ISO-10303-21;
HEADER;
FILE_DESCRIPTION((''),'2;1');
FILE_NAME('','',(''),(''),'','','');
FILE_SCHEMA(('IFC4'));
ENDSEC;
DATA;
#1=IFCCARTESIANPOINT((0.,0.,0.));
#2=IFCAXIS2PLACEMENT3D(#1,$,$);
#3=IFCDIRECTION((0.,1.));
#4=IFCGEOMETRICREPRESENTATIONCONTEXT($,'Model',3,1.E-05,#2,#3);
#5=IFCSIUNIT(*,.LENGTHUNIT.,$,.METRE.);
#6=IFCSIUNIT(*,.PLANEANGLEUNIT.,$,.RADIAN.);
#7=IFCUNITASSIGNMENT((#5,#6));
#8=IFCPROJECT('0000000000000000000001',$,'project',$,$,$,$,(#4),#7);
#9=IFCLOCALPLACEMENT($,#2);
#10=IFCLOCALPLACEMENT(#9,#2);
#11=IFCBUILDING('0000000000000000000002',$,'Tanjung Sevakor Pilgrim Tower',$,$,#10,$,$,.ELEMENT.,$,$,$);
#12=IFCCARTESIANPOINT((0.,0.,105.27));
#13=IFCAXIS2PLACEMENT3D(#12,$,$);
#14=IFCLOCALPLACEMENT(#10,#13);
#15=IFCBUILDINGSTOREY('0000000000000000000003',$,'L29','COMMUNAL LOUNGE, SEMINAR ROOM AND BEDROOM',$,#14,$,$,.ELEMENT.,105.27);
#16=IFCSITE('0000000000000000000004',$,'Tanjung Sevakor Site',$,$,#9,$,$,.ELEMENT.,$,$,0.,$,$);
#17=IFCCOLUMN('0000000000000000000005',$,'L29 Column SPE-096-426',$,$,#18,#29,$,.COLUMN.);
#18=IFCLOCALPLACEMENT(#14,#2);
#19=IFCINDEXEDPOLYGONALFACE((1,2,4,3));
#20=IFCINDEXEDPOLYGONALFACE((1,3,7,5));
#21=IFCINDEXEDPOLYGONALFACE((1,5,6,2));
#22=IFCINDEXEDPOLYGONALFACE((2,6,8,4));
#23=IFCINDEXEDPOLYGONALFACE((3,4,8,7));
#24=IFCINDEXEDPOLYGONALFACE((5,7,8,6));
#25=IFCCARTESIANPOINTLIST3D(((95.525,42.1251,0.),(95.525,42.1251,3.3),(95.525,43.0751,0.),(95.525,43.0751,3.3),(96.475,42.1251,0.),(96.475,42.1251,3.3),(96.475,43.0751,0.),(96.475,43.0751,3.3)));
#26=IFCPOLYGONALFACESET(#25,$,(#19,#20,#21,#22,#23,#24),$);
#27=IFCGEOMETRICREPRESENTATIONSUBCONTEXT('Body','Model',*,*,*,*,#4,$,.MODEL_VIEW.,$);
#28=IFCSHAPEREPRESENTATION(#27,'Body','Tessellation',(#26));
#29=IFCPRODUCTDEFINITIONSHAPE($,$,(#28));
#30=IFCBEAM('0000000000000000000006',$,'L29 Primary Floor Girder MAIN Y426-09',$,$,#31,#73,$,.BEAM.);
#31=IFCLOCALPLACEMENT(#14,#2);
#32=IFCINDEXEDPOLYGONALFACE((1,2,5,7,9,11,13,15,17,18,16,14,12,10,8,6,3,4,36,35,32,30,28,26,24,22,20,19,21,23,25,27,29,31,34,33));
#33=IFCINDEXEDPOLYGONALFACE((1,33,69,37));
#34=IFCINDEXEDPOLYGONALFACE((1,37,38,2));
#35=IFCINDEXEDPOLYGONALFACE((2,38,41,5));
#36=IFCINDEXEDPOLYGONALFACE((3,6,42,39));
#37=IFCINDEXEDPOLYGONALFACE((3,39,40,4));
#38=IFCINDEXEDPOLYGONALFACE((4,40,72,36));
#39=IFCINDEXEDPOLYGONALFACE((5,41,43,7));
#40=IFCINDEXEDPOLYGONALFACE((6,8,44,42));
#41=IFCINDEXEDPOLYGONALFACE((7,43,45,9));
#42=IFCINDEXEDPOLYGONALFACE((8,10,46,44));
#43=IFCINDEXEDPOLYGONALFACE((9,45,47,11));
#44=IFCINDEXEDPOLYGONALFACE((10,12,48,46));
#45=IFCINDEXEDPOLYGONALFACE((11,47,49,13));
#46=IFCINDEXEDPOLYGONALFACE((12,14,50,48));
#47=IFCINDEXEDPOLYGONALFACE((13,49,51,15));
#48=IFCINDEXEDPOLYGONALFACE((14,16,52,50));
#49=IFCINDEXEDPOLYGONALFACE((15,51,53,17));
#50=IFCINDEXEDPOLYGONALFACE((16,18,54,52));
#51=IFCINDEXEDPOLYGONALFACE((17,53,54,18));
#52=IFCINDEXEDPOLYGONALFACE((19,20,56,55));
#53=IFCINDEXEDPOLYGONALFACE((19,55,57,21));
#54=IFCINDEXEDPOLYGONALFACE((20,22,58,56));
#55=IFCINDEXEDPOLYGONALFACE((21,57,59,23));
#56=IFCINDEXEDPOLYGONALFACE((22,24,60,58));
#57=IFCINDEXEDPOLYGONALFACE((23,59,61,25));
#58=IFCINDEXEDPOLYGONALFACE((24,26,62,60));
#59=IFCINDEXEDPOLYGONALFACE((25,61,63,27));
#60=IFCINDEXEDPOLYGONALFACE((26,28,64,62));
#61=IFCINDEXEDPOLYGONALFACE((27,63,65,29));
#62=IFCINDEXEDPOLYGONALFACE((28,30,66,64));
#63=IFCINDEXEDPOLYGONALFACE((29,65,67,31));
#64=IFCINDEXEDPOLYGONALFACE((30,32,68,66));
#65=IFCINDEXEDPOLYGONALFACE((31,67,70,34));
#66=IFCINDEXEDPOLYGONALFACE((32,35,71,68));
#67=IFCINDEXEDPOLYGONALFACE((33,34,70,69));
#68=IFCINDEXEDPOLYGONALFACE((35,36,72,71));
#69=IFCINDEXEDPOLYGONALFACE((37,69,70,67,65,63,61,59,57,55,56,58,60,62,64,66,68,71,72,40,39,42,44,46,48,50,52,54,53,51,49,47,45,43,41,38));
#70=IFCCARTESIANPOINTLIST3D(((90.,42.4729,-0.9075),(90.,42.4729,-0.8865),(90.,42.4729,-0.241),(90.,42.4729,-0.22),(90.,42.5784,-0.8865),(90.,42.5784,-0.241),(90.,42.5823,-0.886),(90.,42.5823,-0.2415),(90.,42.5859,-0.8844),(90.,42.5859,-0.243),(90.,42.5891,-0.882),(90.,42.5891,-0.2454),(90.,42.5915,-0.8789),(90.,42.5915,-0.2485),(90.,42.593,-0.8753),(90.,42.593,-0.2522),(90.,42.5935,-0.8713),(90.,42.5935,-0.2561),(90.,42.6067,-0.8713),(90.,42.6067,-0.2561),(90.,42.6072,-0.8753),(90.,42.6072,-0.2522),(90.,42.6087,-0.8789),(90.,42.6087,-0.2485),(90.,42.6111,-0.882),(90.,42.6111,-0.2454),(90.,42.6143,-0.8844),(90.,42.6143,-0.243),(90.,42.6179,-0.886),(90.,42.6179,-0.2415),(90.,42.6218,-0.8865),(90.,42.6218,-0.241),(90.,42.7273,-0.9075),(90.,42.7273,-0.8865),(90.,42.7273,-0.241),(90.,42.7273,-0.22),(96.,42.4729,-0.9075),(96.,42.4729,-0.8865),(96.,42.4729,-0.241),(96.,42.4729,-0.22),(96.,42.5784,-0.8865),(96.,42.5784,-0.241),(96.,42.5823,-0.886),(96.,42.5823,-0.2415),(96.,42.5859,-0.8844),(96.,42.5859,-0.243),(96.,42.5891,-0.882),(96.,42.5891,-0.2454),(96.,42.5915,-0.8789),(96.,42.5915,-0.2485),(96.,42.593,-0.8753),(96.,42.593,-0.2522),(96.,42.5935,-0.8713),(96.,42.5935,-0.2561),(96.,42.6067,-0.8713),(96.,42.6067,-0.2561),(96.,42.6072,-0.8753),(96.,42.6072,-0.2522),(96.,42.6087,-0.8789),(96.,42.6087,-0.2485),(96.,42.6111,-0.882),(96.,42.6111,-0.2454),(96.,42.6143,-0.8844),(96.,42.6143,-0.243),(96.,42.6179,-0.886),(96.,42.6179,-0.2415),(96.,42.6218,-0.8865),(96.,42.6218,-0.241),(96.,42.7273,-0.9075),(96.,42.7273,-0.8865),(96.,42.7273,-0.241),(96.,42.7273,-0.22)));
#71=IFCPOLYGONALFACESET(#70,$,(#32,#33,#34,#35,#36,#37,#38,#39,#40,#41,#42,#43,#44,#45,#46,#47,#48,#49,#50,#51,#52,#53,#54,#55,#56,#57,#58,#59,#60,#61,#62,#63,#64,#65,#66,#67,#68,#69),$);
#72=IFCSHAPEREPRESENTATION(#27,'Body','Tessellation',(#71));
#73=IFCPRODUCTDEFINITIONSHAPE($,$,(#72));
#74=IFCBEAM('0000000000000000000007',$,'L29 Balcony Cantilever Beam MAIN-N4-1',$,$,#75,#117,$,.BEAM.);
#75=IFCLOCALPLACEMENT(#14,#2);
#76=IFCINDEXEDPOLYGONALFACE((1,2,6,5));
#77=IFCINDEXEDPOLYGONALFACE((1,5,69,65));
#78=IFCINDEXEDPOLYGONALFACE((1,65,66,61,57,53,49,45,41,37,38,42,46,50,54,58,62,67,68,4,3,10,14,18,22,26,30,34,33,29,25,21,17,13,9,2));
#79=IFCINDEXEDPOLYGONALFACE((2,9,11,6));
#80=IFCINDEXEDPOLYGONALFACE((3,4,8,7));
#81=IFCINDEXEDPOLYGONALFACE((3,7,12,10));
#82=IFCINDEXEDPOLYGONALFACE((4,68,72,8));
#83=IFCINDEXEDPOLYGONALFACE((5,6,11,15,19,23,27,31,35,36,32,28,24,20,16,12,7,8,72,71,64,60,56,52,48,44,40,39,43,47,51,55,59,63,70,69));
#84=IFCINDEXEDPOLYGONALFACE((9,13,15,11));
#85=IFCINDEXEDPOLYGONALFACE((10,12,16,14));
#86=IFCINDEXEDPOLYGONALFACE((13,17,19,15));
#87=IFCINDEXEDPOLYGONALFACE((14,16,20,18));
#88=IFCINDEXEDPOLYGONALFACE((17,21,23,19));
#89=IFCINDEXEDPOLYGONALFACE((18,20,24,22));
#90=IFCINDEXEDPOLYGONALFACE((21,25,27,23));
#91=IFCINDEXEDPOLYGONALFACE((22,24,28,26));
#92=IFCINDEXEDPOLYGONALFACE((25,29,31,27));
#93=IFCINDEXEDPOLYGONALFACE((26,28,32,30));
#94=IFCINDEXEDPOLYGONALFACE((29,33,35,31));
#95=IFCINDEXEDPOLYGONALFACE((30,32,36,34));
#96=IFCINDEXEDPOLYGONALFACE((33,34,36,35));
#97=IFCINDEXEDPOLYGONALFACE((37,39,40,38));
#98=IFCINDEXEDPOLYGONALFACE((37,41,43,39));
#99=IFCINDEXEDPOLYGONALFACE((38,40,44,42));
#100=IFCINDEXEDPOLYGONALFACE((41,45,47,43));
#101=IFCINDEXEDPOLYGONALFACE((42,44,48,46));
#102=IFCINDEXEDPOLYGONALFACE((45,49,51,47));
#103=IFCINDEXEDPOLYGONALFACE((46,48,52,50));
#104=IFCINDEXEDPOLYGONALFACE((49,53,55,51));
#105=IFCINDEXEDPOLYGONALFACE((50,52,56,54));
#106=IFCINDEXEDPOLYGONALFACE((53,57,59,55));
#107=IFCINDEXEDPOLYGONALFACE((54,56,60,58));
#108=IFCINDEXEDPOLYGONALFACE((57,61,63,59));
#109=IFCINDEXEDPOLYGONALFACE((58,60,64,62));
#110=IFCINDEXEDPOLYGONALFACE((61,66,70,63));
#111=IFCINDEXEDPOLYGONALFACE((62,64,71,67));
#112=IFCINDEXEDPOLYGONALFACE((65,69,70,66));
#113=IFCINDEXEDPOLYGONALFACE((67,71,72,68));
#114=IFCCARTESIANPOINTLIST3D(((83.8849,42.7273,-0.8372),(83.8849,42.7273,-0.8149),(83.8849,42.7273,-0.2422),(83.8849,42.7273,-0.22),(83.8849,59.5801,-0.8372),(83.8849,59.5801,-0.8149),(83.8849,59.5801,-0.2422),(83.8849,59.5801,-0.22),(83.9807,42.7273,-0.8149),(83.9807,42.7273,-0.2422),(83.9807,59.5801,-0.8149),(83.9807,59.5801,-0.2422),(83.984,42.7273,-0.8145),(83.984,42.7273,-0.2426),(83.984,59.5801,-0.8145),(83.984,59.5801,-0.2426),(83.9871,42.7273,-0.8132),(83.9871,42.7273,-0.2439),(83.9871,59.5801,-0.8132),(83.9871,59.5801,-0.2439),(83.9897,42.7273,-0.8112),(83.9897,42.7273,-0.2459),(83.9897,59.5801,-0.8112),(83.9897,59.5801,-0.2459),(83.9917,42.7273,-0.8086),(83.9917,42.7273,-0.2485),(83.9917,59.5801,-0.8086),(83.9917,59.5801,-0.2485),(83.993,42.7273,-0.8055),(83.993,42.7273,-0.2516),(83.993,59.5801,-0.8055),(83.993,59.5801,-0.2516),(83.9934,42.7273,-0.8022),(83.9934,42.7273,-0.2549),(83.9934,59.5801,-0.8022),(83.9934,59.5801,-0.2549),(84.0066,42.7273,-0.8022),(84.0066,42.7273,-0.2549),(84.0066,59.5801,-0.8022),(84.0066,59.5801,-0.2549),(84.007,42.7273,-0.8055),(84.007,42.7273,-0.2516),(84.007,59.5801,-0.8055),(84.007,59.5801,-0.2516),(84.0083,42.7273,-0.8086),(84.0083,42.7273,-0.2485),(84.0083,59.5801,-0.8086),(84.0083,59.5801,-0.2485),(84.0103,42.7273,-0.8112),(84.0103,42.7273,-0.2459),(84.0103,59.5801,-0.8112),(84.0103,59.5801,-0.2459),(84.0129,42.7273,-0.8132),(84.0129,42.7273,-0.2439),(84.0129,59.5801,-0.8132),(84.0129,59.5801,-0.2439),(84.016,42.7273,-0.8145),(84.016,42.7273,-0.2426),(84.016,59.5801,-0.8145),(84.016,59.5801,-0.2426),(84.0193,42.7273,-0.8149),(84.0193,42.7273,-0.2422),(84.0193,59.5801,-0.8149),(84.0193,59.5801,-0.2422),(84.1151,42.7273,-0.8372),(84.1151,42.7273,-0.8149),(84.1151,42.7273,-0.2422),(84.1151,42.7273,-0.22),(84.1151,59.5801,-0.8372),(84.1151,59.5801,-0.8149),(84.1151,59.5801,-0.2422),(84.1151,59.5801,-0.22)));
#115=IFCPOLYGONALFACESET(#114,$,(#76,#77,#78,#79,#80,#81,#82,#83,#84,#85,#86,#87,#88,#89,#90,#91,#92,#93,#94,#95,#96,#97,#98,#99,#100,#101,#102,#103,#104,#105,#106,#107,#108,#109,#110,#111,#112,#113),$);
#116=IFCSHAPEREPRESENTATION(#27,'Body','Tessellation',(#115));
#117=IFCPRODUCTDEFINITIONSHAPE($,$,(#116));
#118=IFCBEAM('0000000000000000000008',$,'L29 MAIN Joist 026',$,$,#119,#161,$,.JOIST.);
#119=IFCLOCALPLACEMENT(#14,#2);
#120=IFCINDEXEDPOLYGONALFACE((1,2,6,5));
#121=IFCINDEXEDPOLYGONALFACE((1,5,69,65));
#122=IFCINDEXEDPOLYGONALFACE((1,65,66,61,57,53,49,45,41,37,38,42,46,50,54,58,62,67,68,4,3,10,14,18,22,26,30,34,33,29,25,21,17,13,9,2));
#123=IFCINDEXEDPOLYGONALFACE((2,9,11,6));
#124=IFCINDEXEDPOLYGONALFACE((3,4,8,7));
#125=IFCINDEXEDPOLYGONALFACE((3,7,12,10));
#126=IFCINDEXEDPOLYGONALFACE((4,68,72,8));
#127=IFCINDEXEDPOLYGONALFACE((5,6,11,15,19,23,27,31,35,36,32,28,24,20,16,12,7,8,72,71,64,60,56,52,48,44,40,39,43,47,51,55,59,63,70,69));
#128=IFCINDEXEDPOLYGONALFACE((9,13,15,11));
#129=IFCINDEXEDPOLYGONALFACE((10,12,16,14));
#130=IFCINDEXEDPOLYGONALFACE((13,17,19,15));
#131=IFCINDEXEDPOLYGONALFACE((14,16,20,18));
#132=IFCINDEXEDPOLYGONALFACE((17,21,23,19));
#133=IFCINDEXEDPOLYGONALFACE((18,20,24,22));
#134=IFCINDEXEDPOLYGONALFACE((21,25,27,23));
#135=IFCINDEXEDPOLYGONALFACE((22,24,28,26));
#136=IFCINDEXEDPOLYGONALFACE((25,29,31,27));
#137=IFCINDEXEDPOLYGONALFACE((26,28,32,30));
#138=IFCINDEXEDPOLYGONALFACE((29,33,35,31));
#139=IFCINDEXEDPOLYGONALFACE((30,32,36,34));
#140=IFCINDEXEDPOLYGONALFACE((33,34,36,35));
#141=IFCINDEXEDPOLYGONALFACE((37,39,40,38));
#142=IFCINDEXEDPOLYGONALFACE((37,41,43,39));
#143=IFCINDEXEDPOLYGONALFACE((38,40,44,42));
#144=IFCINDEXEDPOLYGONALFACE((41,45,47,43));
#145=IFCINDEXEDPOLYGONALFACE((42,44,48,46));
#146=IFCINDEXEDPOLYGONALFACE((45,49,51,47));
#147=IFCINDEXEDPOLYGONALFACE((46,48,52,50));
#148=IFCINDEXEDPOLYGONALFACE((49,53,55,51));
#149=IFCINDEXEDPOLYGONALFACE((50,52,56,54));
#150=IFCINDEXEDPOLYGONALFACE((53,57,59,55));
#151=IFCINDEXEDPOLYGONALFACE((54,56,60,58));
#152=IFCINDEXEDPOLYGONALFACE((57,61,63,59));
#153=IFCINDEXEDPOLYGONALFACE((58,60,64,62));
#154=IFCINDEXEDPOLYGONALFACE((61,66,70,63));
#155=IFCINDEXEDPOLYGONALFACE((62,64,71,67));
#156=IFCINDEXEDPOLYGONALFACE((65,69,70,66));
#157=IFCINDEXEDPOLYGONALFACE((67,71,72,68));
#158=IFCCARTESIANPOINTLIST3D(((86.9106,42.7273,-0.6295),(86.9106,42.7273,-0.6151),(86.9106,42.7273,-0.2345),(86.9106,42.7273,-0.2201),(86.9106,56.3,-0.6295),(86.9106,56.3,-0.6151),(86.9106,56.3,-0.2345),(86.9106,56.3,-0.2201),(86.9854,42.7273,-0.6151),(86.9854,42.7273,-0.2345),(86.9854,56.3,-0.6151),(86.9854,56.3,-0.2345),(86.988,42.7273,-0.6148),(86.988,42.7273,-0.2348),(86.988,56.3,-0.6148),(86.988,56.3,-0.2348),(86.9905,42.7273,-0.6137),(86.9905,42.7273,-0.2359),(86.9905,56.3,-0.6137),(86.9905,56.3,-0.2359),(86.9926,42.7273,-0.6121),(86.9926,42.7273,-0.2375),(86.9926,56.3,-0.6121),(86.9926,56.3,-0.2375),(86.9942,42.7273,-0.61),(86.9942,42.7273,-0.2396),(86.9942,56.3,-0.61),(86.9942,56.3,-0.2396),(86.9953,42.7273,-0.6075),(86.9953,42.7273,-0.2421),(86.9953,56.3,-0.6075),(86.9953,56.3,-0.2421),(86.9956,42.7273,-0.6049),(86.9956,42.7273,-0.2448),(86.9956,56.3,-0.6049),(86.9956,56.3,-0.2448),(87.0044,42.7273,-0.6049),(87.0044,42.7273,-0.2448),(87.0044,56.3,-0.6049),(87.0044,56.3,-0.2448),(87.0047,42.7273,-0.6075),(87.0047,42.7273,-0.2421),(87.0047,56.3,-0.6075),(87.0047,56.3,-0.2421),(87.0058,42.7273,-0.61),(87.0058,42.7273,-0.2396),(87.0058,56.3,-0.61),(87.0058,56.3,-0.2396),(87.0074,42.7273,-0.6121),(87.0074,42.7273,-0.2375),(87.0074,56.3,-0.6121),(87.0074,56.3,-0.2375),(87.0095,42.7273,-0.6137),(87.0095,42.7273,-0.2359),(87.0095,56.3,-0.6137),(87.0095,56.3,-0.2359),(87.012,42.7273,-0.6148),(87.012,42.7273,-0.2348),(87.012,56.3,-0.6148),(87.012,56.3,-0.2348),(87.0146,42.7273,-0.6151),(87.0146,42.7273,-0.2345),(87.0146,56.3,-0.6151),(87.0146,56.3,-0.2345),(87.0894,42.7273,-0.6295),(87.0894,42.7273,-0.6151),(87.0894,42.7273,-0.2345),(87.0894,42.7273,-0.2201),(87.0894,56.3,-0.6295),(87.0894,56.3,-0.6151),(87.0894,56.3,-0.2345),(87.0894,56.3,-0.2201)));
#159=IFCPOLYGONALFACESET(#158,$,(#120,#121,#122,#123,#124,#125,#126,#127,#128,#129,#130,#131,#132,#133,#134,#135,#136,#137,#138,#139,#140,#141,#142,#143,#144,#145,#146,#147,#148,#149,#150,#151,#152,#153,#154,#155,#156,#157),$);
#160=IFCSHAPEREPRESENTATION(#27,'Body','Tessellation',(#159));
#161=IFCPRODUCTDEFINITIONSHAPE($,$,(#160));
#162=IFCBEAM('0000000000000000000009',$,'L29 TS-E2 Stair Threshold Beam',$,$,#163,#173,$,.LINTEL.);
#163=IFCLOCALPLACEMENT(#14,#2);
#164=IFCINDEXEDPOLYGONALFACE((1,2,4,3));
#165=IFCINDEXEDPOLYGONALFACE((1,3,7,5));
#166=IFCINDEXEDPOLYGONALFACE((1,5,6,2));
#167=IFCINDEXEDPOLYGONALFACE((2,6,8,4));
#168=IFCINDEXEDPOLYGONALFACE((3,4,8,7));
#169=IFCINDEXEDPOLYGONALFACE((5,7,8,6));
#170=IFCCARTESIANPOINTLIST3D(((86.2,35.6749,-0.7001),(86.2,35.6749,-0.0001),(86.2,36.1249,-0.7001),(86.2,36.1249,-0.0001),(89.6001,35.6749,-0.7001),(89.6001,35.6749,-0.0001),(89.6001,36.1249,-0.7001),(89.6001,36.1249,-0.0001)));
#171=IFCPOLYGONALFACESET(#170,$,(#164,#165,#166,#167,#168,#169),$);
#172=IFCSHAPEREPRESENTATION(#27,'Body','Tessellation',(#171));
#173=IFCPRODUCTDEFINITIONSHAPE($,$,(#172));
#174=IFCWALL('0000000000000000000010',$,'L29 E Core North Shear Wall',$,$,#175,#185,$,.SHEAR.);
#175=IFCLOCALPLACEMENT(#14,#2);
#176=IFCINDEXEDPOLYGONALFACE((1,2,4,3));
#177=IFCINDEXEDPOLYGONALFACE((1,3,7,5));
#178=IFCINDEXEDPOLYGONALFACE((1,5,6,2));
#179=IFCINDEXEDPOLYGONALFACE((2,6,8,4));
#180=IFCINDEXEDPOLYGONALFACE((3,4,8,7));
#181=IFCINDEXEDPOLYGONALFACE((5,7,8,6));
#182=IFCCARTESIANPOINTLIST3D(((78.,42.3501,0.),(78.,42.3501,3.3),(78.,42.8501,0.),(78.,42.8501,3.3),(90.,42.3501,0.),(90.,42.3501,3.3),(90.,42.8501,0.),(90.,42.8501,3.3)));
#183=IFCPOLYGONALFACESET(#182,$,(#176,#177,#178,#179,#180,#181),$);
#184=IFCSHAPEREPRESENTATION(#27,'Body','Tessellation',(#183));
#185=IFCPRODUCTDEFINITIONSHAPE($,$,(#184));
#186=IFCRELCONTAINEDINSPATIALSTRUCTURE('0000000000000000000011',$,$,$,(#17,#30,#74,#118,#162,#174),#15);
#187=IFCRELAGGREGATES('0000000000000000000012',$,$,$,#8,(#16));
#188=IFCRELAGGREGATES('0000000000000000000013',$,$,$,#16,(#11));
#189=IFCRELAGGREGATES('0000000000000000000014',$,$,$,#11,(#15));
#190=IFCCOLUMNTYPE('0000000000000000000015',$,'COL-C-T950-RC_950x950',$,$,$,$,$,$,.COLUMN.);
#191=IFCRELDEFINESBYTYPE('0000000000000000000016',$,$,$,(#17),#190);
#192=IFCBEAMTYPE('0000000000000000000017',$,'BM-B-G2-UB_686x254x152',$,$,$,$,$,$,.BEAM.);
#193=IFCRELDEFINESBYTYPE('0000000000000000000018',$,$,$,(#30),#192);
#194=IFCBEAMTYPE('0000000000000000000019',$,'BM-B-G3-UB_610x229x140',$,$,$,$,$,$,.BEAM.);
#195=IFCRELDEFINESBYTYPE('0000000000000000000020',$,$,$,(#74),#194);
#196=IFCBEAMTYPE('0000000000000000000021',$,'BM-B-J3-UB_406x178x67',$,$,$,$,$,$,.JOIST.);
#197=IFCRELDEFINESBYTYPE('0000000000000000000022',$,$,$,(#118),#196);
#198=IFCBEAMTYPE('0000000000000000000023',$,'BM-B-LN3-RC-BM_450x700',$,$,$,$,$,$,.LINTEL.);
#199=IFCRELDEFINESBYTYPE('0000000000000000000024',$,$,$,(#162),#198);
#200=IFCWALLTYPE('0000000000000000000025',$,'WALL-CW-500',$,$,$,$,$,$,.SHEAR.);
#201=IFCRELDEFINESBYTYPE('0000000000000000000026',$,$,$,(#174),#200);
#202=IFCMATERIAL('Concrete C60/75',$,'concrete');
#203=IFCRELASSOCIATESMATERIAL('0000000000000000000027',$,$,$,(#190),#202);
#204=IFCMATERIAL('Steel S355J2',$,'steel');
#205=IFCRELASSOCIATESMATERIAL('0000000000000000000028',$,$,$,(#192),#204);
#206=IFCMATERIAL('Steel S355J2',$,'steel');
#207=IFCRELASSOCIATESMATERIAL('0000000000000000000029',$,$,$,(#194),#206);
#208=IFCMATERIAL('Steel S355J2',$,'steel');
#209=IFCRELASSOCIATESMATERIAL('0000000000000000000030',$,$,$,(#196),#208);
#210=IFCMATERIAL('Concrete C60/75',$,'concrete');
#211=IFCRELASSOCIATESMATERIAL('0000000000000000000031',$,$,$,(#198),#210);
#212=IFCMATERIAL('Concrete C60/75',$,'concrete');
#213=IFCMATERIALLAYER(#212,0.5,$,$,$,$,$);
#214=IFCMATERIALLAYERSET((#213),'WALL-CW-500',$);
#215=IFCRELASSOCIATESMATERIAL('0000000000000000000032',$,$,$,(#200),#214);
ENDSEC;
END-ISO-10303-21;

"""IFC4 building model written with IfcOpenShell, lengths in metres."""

from ifc_helpers import new_model, si_unit, direction, frame, frame_2d, origin, origin_2d, place, context, subcontext, project, spatial, rectangle, i_section, extrude, material, layer, layer_set, material_profile, profile_set, type_object, element, save


model = new_model("IFC4")

# Units and contexts
model_context = context("Model", 3, precision=1e-05, world=origin(), true_north=direction((0.0, 1.0)))
body_context = subcontext(model_context, "Body", "Model", "MODEL_VIEW")
ifc_project = project(units=[si_unit("LENGTHUNIT", "METRE"), si_unit("PLANEANGLEUNIT", "RADIAN")], contexts=[model_context])

# Site, building, storey
site_placement = place(None, origin())
site = spatial("IfcSite", under=ifc_project, at=site_placement, Name="Tanjung Sevakor Site", CompositionType="ELEMENT", RefElevation=0.0)
building_placement = place(site_placement, origin())
building = spatial("IfcBuilding", under=site, at=building_placement, Name="Tanjung Sevakor Pilgrim Tower", CompositionType="ELEMENT")
storey_placement = place(building_placement, frame((0.0, 0.0, 105.27)))
storey = spatial("IfcBuildingStorey", under=building, at=storey_placement, Name="L29", Description="COMMUNAL LOUNGE, SEMINAR ROOM AND BEDROOM", CompositionType="ELEMENT", Elevation=105.27)

# Column
ifc_material_1 = material(Name="Concrete C60/75", Category="concrete")
ifc_material_profile_1 = material_profile(ifc_material_1, rectangle(XDim=0.95, YDim=0.95, at=origin_2d()))
ifc_profile_set_1 = profile_set([ifc_material_profile_1], Name="Concrete C60/75")
column_type = type_object("IfcColumnType", Name="COL-C-T950-RC_950x950", PredefinedType="COLUMN", material=ifc_profile_set_1)
column_placement = place(storey_placement, frame((96.0, 42.6001, 0.0), z_axis=(0.0, 0.0, 1.0), x_axis=(1.0, 0.0, 0.0)))
element("IfcColumn", 1, at=column_placement, inside=storey, type_object=column_type, Name="L29 Column SPE-096-426", PredefinedType="COLUMN", context=body_context, shape_type="SweptSolid", body=[
    extrude(rectangle(XDim=0.95, YDim=0.95, at=origin_2d()), origin(), (0.0, 0.0, 1.0), 3.3),
])

# Beams
ifc_material_2 = material(Name="Steel S355J2", Category="steel")
ifc_material_profile_2 = material_profile(ifc_material_2, i_section(OverallWidth=0.2544, OverallDepth=0.6875, WebThickness=0.0132, FlangeThickness=0.021, FilletRadius=0.0151, at=origin_2d()))
ifc_profile_set_2 = profile_set([ifc_material_profile_2], Name="Steel S355J2")
beam_type_1 = type_object("IfcBeamType", Name="BM-B-G2-UB_686x254x152", PredefinedType="BEAM", material=ifc_profile_set_2)
beam_1_placement = place(storey_placement, frame((90.0, 42.6001, -0.5637), z_axis=(1.0, 0.0, 0.0), x_axis=(0.0, 1.0, 0.0)))
element("IfcBeam", 2, at=beam_1_placement, inside=storey, type_object=beam_type_1, Name="L29 Primary Floor Girder MAIN Y426-09", PredefinedType="BEAM", context=body_context, shape_type="SweptSolid", body=[
    extrude(i_section(OverallWidth=0.2544, OverallDepth=0.6875, WebThickness=0.0132, FlangeThickness=0.021, FilletRadius=0.0151, at=origin_2d()), origin(), (0.0, 0.0, 1.0), 6.0),
])
ifc_material_3 = material(Name="Steel S355J2", Category="steel")
ifc_material_profile_3 = material_profile(ifc_material_3, i_section(OverallWidth=0.2302, OverallDepth=0.6172, WebThickness=0.0132, FlangeThickness=0.0222, FilletRadius=0.0127, at=origin_2d()))
ifc_profile_set_3 = profile_set([ifc_material_profile_3], Name="Steel S355J2")
beam_type_2 = type_object("IfcBeamType", Name="BM-B-G3-UB_610x229x140", PredefinedType="BEAM", material=ifc_profile_set_3)
beam_2_placement = place(storey_placement, frame((84.0, 42.7273, -0.5286), z_axis=(0.0, 1.0, 0.0), x_axis=(-1.0, 0.0, 0.0)))
element("IfcBeam", 3, at=beam_2_placement, inside=storey, type_object=beam_type_2, Name="L29 Balcony Cantilever Beam MAIN-N4-1", PredefinedType="BEAM", context=body_context, shape_type="SweptSolid", body=[
    extrude(i_section(OverallWidth=0.2302, OverallDepth=0.6172, WebThickness=0.0132, FlangeThickness=0.0222, FilletRadius=0.0127, at=origin_2d()), origin(), (0.0, 0.0, 1.0), 16.8528),
])
ifc_material_4 = material(Name="Steel S355J2", Category="steel")
ifc_material_profile_4 = material_profile(ifc_material_4, i_section(OverallWidth=0.1787, OverallDepth=0.4094, WebThickness=0.0088, FlangeThickness=0.0144, FilletRadius=0.0103, at=origin_2d()))
ifc_profile_set_4 = profile_set([ifc_material_profile_4], Name="Steel S355J2")
beam_type_3 = type_object("IfcBeamType", Name="BM-B-J3-UB_406x178x67", PredefinedType="JOIST", material=ifc_profile_set_4)
beam_3_placement = place(storey_placement, frame((87.0, 42.7273, -0.4248), z_axis=(0.0, 1.0, 0.0), x_axis=(-1.0, 0.0, 0.0)))
element("IfcBeam", 4, at=beam_3_placement, inside=storey, type_object=beam_type_3, Name="L29 MAIN Joist 026", PredefinedType="JOIST", context=body_context, shape_type="SweptSolid", body=[
    extrude(i_section(OverallWidth=0.1787, OverallDepth=0.4094, WebThickness=0.0088, FlangeThickness=0.0144, FilletRadius=0.0103, at=origin_2d()), origin(), (0.0, 0.0, 1.0), 13.5728),
])
ifc_material_5 = material(Name="Concrete C60/75", Category="concrete")
ifc_material_profile_5 = material_profile(ifc_material_5, rectangle(XDim=0.45, YDim=0.7, at=origin_2d()))
ifc_profile_set_5 = profile_set([ifc_material_profile_5], Name="Concrete C60/75")
beam_type_4 = type_object("IfcBeamType", Name="BM-B-LN3-RC-BM_450x700", PredefinedType="LINTEL", material=ifc_profile_set_5)
beam_4_placement = place(storey_placement, frame((86.2, 35.8999, -0.3501), z_axis=(1.0, 0.0, 0.0), x_axis=(0.0, 1.0, 0.0)))
element("IfcBeam", 5, at=beam_4_placement, inside=storey, type_object=beam_type_4, Name="L29 TS-E2 Stair Threshold Beam", PredefinedType="LINTEL", context=body_context, shape_type="SweptSolid", body=[
    extrude(rectangle(XDim=0.45, YDim=0.7, at=origin_2d()), origin(), (0.0, 0.0, 1.0), 3.4001),
])

# Wall
ifc_material_6 = material(Name="Concrete C60/75", Category="concrete")
ifc_layer_1 = layer(ifc_material_6, 0.5)
ifc_layer_set_1 = layer_set([ifc_layer_1], Name="WALL-CW-500")
wall_type_1 = type_object("IfcWallType", Name="WALL-CW-500", PredefinedType="SHEAR", material=ifc_layer_set_1)
wall_1_placement = place(storey_placement, frame((90.0, 42.6001, 0.0), z_axis=(0.0, 0.0, 1.0), x_axis=(-1.0, 0.0, 0.0)))
element("IfcWall", 6, at=wall_1_placement, inside=storey, type_object=wall_type_1, Name="L29 E Core North Shear Wall", PredefinedType="SHEAR", context=body_context, shape_type="SweptSolid", body=[
    extrude(rectangle(XDim=12.0, YDim=0.5, at=frame_2d((6.0, 0.0))), origin(), (0.0, 0.0, 1.0), 3.3),
])

save(model, "model.ifc")
